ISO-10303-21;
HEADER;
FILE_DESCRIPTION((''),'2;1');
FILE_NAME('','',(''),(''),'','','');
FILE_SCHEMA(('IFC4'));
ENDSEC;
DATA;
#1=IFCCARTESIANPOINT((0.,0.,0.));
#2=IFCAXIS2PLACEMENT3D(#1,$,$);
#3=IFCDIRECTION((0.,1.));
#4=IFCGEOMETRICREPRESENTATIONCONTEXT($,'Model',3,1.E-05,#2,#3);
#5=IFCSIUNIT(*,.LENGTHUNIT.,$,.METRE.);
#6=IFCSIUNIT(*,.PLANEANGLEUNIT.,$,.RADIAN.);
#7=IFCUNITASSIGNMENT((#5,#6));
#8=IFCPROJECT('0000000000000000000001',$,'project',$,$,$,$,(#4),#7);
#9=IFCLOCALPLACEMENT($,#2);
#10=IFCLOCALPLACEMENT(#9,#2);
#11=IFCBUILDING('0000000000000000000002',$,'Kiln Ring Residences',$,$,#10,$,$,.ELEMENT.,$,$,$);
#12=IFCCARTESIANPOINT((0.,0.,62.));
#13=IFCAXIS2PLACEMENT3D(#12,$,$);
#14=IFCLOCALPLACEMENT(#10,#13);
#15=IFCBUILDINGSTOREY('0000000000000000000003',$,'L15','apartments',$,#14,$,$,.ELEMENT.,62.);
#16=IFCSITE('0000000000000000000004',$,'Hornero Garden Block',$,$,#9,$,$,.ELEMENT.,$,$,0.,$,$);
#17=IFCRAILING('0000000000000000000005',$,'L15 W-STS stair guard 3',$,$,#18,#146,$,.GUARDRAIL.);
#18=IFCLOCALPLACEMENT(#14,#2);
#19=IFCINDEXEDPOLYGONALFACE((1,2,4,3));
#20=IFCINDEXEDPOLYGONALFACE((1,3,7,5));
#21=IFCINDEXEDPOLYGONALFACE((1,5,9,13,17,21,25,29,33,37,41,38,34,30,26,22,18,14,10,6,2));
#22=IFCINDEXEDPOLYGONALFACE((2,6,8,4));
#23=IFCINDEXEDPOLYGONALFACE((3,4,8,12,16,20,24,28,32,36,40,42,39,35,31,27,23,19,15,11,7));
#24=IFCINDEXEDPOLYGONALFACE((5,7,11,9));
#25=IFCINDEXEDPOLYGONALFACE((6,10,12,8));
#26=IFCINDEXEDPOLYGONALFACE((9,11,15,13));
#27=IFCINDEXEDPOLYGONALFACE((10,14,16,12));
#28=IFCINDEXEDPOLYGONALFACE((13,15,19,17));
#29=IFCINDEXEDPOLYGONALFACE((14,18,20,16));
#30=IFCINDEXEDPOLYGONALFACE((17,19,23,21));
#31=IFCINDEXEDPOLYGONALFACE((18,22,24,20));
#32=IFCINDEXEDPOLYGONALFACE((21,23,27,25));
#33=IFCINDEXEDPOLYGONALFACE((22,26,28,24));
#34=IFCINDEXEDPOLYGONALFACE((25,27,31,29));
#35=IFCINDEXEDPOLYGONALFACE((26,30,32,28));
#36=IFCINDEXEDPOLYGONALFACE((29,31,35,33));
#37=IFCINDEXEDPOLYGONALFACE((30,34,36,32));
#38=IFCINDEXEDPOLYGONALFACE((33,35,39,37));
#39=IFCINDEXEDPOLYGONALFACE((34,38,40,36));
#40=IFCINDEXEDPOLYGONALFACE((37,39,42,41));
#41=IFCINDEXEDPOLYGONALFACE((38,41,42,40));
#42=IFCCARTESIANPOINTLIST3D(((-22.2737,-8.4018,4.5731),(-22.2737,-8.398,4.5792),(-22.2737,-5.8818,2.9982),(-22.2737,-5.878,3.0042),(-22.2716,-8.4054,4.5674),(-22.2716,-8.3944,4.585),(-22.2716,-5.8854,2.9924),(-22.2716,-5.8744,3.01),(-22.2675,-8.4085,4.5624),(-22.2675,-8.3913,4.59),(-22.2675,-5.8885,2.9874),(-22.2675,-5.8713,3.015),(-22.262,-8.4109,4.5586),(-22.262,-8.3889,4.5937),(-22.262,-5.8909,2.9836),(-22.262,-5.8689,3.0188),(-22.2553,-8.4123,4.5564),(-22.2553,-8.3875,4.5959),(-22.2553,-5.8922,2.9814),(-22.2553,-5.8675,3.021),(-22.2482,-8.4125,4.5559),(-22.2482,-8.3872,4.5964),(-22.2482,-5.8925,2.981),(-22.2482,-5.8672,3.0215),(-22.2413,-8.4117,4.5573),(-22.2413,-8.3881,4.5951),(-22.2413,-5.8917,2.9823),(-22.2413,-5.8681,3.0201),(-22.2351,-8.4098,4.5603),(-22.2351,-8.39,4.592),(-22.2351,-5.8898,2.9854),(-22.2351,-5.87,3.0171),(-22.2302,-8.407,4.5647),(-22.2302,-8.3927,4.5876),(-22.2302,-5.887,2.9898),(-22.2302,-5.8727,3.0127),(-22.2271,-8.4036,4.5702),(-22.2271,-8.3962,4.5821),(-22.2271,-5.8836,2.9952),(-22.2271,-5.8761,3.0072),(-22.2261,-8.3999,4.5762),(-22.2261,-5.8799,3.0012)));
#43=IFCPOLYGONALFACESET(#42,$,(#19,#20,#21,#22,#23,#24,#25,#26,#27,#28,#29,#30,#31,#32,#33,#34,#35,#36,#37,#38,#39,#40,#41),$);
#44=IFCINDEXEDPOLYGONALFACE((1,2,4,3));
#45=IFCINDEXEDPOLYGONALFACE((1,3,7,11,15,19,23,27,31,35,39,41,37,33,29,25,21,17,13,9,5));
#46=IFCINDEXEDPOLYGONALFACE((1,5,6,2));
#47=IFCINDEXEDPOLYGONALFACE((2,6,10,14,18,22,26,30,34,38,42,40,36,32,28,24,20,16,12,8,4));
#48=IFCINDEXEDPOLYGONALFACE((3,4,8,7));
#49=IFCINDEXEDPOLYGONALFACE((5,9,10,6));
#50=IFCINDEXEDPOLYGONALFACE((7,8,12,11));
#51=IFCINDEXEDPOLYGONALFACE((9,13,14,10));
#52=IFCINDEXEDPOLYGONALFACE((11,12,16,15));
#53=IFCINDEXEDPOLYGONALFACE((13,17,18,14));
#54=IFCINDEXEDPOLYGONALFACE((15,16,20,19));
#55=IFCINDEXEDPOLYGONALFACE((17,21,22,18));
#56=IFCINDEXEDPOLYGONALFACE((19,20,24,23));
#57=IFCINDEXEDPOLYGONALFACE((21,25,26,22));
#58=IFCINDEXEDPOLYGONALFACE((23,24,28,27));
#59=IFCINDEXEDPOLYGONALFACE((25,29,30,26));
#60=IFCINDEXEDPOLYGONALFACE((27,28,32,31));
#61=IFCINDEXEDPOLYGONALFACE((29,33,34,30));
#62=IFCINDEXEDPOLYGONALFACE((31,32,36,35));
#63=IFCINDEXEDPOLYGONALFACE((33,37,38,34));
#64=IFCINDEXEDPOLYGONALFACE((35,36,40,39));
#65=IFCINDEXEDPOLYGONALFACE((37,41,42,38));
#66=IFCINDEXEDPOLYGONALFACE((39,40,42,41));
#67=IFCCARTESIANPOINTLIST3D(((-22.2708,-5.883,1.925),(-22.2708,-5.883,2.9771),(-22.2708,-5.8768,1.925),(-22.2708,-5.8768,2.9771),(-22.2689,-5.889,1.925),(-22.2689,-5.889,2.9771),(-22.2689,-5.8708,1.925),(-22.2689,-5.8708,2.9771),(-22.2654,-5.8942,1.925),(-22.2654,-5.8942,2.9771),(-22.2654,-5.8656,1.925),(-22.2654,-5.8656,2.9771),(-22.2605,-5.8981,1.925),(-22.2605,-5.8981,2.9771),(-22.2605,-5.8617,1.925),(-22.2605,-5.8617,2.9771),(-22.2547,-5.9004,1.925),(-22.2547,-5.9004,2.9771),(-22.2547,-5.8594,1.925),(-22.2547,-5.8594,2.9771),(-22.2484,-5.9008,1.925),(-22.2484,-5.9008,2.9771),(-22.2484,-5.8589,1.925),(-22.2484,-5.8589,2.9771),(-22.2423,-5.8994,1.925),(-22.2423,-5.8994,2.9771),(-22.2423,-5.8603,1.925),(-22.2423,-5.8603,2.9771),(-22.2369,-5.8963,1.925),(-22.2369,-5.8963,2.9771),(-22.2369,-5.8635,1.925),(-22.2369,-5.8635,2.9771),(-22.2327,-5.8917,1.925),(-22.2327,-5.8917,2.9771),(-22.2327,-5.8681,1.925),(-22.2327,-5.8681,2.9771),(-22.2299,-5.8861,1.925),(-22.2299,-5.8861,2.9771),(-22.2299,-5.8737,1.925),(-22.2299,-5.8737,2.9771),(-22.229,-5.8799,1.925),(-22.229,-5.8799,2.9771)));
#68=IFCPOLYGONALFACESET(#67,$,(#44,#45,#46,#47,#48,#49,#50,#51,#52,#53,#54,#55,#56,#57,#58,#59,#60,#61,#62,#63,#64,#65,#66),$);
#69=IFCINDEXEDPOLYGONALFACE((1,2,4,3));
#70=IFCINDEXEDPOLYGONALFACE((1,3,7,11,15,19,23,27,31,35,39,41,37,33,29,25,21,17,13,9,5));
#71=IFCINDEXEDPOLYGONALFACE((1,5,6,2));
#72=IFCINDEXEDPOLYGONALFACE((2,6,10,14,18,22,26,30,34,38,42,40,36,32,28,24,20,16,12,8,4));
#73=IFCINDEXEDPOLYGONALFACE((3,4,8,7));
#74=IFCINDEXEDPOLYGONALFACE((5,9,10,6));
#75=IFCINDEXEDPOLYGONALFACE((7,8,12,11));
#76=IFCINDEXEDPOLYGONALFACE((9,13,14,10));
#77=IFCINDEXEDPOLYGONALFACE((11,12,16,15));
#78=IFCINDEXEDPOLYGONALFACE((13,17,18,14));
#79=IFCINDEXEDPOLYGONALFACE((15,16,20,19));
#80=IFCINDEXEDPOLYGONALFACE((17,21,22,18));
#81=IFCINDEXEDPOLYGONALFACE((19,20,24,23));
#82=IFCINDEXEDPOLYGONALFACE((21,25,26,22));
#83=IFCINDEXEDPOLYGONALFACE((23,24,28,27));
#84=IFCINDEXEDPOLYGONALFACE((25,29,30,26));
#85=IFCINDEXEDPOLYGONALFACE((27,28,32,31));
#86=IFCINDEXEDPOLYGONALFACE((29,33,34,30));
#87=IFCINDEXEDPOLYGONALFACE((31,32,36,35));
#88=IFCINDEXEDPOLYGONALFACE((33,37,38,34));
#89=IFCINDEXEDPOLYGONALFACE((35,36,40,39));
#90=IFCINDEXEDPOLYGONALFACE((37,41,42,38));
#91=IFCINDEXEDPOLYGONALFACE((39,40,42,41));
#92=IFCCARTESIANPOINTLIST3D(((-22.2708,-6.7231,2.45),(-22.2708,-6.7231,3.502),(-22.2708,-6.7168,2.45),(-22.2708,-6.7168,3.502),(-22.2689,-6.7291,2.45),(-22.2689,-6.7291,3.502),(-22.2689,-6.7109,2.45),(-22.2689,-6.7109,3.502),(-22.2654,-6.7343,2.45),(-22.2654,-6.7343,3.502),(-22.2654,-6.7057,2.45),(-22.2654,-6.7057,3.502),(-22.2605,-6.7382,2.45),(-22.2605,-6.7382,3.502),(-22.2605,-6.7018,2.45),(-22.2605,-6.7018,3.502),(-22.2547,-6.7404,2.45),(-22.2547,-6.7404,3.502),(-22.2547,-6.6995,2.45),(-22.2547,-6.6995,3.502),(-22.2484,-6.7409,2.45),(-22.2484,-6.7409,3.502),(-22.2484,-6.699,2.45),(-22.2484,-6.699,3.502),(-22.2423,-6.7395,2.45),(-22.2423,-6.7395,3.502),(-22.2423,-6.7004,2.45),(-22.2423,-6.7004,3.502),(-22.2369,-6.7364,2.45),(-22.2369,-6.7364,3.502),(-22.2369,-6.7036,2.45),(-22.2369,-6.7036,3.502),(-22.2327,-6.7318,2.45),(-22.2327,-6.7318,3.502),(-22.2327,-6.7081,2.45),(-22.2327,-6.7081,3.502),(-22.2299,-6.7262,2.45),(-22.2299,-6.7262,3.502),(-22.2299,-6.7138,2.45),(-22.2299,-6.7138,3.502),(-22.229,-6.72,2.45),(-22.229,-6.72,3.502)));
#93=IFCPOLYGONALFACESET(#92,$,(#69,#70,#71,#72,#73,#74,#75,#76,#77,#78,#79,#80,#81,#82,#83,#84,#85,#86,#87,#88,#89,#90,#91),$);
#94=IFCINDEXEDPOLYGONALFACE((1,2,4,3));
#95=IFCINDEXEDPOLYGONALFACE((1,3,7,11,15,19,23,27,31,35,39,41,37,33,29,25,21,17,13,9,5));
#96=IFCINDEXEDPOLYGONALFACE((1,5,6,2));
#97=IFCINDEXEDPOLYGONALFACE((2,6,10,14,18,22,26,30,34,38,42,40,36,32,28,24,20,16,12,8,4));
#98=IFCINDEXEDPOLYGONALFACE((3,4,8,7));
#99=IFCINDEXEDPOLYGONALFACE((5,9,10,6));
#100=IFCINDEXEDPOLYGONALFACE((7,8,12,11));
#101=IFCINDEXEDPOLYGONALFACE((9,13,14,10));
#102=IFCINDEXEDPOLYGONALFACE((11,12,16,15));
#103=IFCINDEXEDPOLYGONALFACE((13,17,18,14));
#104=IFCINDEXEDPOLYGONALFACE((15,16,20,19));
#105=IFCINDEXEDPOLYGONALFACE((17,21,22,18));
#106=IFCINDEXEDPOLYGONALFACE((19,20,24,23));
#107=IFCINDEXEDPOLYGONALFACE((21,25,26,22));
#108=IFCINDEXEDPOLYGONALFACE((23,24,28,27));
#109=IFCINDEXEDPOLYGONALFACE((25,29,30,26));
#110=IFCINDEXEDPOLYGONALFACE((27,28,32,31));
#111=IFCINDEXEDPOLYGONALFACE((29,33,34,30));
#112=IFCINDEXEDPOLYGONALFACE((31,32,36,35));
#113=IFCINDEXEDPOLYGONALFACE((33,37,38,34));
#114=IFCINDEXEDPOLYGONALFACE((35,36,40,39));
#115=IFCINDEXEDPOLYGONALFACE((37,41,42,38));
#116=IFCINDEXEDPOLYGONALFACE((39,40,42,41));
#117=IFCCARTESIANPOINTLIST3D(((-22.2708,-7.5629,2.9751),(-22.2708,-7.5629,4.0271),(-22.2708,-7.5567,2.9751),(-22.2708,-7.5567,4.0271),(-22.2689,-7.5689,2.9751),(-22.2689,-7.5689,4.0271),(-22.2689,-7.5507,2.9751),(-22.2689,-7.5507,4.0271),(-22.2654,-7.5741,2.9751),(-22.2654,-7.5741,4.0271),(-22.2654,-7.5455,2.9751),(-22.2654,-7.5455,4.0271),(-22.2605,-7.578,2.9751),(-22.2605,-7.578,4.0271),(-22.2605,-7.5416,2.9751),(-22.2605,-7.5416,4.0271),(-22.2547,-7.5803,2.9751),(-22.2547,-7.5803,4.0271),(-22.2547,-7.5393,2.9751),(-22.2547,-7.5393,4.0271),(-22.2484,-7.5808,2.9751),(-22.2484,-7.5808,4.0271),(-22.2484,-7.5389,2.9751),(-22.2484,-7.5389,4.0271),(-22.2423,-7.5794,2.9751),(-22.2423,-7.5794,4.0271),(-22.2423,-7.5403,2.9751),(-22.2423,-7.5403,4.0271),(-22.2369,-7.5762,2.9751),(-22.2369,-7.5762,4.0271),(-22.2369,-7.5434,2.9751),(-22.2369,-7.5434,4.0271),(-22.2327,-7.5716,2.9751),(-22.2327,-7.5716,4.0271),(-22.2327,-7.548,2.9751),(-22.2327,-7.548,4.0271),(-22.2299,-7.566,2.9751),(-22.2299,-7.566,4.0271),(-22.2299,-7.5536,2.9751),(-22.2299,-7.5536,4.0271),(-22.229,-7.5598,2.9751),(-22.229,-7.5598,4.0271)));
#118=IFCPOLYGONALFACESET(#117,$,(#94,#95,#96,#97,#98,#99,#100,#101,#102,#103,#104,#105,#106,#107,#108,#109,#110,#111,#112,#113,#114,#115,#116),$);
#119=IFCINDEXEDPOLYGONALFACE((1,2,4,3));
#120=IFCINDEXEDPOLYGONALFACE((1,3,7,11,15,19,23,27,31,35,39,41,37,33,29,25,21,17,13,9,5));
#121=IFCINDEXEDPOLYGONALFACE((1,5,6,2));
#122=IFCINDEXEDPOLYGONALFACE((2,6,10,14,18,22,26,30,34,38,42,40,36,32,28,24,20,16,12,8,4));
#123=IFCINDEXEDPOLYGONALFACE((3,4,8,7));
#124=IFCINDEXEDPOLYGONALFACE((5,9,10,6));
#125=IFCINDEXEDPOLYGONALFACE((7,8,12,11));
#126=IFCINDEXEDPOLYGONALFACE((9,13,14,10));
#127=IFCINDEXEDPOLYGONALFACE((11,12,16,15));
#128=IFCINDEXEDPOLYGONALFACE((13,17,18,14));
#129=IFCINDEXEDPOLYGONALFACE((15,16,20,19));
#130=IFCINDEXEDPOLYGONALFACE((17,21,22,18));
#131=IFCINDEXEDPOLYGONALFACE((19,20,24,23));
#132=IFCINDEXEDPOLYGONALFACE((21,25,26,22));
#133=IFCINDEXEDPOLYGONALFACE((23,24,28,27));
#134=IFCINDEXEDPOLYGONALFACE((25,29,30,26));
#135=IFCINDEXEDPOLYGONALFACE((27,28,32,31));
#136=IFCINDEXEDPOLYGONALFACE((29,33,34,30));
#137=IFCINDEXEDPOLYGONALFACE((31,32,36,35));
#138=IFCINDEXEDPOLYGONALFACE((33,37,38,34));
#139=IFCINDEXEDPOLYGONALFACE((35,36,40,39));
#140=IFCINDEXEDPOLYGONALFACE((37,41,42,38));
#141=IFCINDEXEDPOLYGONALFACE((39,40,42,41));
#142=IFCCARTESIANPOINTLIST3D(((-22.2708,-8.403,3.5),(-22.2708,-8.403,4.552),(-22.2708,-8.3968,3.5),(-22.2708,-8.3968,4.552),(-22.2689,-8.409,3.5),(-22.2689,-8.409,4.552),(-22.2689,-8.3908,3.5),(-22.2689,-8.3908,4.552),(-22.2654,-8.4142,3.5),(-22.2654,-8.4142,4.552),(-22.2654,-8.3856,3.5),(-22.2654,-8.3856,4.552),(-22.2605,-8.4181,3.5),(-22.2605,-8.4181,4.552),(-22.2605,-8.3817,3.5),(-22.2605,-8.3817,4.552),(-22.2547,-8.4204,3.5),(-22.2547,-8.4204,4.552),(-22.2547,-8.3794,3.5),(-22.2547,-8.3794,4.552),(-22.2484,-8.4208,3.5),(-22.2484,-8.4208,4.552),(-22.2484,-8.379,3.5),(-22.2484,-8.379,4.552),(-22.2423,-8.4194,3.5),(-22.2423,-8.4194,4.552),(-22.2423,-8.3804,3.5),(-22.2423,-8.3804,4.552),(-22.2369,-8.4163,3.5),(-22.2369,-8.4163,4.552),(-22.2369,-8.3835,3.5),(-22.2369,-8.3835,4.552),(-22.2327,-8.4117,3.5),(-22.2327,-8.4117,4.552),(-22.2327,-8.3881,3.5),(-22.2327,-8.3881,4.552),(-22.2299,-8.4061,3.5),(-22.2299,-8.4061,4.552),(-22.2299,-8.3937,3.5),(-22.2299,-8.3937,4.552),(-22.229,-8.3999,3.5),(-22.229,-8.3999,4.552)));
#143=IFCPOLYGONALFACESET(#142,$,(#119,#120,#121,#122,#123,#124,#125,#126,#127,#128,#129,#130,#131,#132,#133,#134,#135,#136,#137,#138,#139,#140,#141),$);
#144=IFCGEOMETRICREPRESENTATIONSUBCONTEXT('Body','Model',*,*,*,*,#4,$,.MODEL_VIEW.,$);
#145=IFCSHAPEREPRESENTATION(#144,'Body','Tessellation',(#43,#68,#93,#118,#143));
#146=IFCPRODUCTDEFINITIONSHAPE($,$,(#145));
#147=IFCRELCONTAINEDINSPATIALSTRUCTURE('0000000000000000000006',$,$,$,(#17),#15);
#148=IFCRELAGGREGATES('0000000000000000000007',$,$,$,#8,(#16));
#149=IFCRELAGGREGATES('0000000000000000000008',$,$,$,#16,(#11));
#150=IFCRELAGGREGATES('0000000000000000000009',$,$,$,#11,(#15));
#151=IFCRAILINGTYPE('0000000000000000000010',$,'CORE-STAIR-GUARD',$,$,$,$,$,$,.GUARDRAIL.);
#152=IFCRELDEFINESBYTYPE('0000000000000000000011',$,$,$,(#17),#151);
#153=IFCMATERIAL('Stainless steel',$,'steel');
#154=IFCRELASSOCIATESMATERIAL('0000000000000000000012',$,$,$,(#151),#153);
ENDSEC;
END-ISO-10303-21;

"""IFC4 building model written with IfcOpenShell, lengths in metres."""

from ifc_helpers import new_model, si_unit, direction, frame, origin, origin_2d, place, context, subcontext, project, spatial, circle, extrude, material, type_object, element, save


model = new_model("IFC4")

# Units and contexts
model_context = context("Model", 3, precision=1e-05, world=origin(), true_north=direction((0.0, 1.0)))
body_context = subcontext(model_context, "Body", "Model", "MODEL_VIEW")
ifc_project = project(units=[si_unit("LENGTHUNIT", "METRE"), si_unit("PLANEANGLEUNIT", "RADIAN")], contexts=[model_context])

# Site, building, storey
site_placement = place(None, origin())
site = spatial("IfcSite", under=ifc_project, at=site_placement, Name="Hornero Garden Block", CompositionType="ELEMENT", RefElevation=0.0)
building_placement = place(site_placement, origin())
building = spatial("IfcBuilding", under=site, at=building_placement, Name="Kiln Ring Residences", CompositionType="ELEMENT")
storey_placement = place(building_placement, frame((0.0, 0.0, 62.0)))
storey = spatial("IfcBuildingStorey", under=building, at=storey_placement, Name="L15", Description="apartments", CompositionType="ELEMENT", Elevation=62.0)

# Railing
ifc_material_1 = material(Name="Stainless steel", Category="steel")
railing_type_1 = type_object("IfcRailingType", Name="CORE-STAIR-GUARD", PredefinedType="GUARDRAIL", material=ifc_material_1)
railing_1_placement = place(storey_placement, frame((-22.25, -5.8799, 1.925)))
element("IfcRailing", 1, at=railing_1_placement, inside=storey, type_object=railing_type_1, Name="L15 W-STS stair guard 3", PredefinedType="GUARDRAIL", context=body_context, shape_type="SweptSolid", body=[
    extrude(circle(Radius=0.0239, at=origin_2d()), frame((0.0, 0.0, 1.0762), z_axis=(0.0, -0.848008, 0.529984), x_axis=(1.0, 0.0, 0.0)), (0.0, 0.0, 1.0), 2.9717),
    extrude(circle(Radius=0.021, at=origin_2d()), origin(), (0.0, 0.0, 1.0), 1.052),
    extrude(circle(Radius=0.021, at=origin_2d()), frame((0.0, -0.8401, 0.5249)), (0.0, 0.0, 1.0), 1.052),
    extrude(circle(Radius=0.021, at=origin_2d()), frame((0.0, -1.6799, 1.05)), (0.0, 0.0, 1.0), 1.052),
    extrude(circle(Radius=0.021, at=origin_2d()), frame((0.0, -2.52, 1.575)), (0.0, 0.0, 1.0), 1.052),
])

save(model, "model.ifc")
